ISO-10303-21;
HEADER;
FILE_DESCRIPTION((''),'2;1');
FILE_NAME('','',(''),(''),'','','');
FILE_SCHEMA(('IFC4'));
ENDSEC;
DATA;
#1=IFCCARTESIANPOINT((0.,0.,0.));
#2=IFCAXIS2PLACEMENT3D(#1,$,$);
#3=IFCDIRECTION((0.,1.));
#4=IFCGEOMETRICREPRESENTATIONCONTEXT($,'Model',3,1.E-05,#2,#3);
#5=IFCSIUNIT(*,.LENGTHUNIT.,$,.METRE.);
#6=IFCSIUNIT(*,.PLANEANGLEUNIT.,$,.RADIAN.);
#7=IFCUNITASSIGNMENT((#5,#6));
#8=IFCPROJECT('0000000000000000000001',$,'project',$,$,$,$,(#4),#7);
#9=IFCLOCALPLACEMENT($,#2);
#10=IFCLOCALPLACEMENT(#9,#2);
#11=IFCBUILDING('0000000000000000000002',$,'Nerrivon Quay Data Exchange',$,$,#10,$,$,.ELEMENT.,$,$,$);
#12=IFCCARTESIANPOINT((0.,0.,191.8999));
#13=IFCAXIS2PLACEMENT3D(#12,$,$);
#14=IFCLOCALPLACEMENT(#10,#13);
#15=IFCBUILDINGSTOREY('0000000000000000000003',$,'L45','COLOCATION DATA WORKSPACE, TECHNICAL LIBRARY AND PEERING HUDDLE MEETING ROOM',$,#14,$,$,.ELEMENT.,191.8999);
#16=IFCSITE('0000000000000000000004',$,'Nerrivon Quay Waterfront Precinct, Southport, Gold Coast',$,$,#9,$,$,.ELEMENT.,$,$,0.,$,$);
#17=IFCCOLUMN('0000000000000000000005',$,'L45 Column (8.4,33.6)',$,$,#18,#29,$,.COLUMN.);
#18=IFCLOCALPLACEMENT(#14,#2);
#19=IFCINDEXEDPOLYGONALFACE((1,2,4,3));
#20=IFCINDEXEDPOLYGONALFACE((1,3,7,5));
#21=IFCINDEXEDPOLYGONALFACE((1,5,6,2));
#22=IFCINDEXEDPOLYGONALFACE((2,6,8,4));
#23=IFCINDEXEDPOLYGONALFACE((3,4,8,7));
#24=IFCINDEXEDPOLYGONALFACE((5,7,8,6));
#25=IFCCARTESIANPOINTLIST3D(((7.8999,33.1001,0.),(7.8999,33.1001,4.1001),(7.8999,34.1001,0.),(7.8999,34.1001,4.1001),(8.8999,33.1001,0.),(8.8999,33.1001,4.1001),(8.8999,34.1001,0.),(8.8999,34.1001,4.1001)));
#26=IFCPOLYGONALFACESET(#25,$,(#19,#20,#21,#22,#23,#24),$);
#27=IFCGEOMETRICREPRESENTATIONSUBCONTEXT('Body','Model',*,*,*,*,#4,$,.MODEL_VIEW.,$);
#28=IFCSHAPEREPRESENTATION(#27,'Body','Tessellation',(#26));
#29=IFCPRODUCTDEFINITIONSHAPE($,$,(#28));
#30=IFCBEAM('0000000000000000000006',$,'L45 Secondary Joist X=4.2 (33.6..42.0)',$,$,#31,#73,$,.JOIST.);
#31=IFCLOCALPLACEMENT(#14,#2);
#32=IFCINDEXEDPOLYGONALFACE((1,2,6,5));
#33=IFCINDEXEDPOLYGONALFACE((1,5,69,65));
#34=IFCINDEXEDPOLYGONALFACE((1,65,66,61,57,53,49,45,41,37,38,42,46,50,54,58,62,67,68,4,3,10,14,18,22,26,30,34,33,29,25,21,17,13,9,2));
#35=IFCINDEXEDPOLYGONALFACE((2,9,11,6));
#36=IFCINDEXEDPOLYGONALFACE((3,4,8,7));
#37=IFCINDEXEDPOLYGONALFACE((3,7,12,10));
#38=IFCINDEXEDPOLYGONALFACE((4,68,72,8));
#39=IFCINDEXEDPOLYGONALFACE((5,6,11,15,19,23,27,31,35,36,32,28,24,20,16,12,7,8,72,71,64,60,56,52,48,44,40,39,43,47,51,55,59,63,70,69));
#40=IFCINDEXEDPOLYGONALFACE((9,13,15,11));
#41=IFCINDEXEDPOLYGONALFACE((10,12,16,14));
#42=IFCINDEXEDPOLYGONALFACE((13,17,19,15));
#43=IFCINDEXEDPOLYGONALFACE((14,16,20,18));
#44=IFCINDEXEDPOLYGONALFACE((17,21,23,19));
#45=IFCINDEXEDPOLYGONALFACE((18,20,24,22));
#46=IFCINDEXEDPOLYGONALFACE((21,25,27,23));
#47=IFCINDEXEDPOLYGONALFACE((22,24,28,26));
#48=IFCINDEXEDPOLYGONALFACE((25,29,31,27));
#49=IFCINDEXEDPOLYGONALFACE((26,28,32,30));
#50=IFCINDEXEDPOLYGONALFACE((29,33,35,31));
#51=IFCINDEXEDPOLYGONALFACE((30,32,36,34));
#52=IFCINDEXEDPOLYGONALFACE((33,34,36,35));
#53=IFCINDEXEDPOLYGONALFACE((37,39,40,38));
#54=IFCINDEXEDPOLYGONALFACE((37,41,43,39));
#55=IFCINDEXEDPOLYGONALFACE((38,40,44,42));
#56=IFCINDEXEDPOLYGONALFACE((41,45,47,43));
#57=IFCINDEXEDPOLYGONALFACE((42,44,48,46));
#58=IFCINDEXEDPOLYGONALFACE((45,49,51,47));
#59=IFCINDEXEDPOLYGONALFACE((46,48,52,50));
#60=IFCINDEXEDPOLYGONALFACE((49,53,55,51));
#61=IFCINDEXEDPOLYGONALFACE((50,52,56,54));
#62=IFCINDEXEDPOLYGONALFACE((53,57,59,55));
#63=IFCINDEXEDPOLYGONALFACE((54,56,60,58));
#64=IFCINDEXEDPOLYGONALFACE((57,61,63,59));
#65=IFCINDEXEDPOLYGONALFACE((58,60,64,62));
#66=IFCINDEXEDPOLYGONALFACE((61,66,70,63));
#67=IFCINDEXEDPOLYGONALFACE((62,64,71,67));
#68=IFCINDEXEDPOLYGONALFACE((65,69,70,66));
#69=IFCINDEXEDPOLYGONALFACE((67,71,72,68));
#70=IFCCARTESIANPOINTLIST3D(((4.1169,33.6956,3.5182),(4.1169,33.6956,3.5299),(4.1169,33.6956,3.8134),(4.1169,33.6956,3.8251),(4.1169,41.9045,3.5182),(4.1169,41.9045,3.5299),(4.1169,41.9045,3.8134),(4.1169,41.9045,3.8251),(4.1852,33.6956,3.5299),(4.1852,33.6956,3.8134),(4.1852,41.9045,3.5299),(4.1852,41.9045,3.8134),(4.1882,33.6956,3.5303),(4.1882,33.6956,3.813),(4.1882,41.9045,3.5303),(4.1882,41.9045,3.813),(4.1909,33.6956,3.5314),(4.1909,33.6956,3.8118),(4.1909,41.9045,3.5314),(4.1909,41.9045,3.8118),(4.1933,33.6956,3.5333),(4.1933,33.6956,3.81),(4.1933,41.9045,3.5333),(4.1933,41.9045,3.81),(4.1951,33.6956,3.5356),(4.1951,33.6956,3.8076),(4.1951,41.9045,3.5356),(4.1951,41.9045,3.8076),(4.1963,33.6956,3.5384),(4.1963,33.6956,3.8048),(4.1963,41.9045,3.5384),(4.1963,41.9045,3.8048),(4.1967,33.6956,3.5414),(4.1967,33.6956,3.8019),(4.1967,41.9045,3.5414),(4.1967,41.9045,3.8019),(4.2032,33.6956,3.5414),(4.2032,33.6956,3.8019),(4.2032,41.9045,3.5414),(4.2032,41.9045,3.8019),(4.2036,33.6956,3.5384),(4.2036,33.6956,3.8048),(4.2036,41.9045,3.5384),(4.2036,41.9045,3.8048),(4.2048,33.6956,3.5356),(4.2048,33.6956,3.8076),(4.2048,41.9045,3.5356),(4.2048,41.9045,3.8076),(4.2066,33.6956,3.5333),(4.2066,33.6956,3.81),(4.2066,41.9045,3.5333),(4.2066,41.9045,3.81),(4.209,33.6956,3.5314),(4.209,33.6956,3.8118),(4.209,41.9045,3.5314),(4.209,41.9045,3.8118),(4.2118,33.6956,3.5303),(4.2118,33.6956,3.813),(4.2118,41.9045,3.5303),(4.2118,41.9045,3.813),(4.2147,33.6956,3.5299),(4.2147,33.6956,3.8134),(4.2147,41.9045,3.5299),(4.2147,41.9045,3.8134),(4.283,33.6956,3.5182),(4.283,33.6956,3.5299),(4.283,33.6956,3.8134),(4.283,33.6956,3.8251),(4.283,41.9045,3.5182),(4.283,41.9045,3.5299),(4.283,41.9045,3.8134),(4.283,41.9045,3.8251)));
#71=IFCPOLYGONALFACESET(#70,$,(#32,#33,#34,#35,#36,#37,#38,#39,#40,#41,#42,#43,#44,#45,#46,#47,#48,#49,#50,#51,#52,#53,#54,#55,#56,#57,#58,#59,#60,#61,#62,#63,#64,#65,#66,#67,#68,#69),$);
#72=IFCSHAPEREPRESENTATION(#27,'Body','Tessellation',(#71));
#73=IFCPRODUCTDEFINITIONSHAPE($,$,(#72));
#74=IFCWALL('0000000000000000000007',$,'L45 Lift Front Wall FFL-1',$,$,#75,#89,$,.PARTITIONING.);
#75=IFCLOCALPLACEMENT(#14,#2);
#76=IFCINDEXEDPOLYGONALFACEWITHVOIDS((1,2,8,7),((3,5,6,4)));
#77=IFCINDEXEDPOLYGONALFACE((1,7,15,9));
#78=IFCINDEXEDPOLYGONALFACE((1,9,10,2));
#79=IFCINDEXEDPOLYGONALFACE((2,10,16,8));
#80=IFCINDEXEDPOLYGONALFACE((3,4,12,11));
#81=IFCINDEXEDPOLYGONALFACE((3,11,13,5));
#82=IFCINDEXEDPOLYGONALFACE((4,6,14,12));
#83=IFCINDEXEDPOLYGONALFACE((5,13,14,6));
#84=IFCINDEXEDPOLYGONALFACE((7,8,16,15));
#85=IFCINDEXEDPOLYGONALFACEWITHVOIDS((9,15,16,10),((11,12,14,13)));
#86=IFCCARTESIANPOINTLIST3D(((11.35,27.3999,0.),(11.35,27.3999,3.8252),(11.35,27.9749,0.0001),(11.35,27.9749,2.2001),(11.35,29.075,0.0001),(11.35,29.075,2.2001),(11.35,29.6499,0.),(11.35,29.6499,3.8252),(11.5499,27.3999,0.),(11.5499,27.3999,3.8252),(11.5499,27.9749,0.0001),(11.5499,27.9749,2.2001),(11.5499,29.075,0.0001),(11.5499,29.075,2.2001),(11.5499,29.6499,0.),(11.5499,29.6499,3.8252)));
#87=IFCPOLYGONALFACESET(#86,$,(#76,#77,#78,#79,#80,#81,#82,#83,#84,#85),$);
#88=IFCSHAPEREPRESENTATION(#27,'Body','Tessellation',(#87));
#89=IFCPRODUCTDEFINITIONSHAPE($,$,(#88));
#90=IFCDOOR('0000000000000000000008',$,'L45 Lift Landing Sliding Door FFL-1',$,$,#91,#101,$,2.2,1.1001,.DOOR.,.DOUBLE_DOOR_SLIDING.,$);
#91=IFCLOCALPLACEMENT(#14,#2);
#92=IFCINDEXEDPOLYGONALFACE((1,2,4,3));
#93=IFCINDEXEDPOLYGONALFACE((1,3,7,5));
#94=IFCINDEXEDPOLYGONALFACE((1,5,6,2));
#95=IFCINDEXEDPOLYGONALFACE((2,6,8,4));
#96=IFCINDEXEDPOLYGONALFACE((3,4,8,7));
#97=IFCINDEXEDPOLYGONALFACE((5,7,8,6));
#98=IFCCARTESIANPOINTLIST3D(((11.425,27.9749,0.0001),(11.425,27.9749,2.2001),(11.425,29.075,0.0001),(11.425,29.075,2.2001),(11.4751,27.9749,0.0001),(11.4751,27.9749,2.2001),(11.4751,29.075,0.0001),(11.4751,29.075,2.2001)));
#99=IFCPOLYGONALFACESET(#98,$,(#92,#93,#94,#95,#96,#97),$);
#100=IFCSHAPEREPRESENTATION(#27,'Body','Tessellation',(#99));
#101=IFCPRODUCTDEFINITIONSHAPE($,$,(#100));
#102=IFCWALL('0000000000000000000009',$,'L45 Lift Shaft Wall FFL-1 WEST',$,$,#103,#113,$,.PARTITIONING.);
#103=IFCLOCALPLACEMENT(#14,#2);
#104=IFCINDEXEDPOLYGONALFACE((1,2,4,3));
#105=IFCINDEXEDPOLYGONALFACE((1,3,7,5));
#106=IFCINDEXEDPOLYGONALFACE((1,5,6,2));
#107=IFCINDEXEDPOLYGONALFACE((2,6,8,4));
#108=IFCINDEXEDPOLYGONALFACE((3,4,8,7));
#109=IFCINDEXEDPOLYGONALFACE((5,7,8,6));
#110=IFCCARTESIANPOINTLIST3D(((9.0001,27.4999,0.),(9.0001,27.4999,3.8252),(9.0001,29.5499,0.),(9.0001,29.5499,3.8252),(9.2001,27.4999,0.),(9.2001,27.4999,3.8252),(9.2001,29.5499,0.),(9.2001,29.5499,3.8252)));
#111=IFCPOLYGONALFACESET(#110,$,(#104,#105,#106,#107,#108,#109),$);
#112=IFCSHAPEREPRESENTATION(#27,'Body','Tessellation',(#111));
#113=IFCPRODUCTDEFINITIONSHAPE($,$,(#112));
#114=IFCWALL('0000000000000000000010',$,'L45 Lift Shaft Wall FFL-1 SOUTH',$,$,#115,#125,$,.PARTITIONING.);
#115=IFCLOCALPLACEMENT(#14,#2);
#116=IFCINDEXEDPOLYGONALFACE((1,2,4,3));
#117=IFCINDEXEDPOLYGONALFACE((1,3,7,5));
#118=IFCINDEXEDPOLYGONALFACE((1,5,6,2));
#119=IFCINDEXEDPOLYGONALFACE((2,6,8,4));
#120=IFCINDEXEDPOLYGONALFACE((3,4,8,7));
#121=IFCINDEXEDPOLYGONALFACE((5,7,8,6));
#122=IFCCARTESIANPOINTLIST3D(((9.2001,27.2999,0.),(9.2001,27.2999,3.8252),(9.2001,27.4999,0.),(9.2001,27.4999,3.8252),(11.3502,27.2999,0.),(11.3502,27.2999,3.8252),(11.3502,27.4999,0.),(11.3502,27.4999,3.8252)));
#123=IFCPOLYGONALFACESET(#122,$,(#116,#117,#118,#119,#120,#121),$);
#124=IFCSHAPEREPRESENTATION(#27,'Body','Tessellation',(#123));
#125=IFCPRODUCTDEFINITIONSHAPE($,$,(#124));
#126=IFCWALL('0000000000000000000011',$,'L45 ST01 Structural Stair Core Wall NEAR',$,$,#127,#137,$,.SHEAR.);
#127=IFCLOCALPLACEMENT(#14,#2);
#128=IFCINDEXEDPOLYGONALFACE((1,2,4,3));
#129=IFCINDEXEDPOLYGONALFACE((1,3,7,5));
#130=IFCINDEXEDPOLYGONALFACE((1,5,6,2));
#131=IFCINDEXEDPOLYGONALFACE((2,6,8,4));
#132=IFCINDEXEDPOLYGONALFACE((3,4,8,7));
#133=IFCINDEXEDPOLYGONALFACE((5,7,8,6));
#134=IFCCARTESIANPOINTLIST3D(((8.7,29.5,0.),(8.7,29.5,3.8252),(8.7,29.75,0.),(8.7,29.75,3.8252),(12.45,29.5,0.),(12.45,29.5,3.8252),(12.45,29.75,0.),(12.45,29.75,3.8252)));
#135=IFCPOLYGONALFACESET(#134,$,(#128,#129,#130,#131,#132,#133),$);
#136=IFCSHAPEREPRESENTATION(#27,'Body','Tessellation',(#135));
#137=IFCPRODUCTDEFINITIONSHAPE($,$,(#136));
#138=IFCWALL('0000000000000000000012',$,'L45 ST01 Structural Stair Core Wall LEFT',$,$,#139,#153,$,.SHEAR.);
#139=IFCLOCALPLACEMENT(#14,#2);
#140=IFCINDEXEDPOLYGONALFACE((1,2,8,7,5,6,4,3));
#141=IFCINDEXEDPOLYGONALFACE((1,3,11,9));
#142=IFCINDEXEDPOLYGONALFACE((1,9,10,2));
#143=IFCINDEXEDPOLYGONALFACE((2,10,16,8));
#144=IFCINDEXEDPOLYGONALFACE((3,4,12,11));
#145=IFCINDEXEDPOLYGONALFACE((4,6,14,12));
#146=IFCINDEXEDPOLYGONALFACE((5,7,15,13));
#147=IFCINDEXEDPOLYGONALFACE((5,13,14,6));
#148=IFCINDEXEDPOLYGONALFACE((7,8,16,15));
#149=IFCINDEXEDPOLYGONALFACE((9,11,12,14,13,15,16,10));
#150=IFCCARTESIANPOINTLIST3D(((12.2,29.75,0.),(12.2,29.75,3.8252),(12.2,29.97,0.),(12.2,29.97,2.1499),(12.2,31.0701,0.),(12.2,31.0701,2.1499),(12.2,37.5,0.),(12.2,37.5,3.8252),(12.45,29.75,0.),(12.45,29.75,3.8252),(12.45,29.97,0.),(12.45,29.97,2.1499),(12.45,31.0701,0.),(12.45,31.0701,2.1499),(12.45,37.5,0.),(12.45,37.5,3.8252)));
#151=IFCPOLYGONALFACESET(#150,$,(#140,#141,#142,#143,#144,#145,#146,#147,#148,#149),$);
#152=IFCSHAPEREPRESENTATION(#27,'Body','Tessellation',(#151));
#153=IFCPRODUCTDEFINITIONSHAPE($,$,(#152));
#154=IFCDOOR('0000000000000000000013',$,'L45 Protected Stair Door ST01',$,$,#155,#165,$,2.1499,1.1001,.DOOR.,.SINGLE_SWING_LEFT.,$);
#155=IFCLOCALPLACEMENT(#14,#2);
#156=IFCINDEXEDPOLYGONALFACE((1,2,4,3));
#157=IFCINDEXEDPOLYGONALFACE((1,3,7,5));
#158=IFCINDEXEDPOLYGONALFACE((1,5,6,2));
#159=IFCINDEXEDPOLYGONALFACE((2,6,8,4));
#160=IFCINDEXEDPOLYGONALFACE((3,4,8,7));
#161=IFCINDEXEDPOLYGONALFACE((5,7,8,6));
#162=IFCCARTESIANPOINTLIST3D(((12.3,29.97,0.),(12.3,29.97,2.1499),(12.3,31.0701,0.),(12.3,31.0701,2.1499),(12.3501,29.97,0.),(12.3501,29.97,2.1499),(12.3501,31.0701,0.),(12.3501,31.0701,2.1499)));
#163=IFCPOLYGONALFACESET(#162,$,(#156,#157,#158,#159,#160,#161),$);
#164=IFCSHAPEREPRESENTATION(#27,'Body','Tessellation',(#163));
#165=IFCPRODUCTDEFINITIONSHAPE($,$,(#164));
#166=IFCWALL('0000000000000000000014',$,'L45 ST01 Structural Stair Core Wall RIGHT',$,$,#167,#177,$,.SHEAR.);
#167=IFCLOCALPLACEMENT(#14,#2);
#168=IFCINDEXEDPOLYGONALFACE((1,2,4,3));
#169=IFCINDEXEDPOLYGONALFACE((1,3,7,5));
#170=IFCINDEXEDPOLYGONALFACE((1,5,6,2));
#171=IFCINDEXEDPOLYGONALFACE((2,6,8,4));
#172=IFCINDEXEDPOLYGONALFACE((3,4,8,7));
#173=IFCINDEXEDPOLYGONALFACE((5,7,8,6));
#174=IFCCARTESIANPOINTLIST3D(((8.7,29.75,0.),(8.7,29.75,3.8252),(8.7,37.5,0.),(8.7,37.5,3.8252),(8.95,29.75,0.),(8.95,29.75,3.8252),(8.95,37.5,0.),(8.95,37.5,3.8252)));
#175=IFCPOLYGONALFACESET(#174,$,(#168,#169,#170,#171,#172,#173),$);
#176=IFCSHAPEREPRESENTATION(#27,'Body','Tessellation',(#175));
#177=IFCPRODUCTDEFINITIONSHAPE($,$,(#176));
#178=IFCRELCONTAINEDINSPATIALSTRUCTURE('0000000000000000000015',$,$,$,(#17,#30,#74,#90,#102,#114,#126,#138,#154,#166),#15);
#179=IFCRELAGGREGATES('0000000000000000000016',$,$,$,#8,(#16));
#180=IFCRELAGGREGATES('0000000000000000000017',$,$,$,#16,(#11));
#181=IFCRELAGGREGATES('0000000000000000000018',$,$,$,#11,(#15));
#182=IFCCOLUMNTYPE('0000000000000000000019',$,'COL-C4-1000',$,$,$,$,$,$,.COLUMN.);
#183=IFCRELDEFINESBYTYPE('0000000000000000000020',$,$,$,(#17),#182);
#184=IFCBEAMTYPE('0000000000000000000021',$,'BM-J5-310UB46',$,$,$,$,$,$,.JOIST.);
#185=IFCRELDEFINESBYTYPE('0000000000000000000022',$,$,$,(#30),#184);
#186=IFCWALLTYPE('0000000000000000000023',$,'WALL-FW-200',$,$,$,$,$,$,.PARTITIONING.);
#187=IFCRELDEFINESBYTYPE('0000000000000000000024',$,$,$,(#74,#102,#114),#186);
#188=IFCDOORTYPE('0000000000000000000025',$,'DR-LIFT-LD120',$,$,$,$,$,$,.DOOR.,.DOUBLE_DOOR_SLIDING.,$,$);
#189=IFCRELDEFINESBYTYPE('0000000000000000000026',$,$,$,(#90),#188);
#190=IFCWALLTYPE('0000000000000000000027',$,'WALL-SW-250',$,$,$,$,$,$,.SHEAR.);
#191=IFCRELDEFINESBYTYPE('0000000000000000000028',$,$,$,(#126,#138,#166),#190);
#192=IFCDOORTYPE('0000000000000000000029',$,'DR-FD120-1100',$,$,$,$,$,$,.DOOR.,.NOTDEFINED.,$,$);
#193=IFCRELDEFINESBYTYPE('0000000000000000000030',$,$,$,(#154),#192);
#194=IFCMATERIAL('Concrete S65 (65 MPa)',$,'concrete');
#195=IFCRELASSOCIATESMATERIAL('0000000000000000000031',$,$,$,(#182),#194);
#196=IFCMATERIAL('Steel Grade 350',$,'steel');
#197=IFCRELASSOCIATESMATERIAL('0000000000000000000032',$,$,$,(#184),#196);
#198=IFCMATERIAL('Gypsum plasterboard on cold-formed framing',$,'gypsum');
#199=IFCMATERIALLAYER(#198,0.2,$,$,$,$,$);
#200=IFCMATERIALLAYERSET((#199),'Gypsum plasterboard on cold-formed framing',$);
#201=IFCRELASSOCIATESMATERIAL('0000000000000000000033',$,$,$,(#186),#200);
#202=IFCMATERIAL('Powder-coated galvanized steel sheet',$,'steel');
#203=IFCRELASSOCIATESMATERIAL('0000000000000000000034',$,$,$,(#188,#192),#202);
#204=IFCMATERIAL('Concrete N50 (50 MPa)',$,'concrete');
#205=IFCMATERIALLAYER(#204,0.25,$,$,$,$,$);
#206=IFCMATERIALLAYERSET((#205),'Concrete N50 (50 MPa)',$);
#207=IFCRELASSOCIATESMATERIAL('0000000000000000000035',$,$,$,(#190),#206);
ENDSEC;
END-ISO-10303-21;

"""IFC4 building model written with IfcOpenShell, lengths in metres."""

from ifc_helpers import new_model, si_unit, direction, frame, frame_2d, origin, origin_2d, place, context, subcontext, project, spatial, rectangle, i_section, extrude, material, layer, layer_set, material_profile, profile_set, type_object, element, fill, save


model = new_model("IFC4")

# Units and contexts
model_context = context("Model", 3, precision=1e-05, world=origin(), true_north=direction((0.0, 1.0)))
body_context = subcontext(model_context, "Body", "Model", "MODEL_VIEW")
ifc_project = project(units=[si_unit("LENGTHUNIT", "METRE"), si_unit("PLANEANGLEUNIT", "RADIAN")], contexts=[model_context])

# Site, building, storey
site_placement = place(None, origin())
site = spatial("IfcSite", under=ifc_project, at=site_placement, Name="Nerrivon Quay Waterfront Precinct, Southport, Gold Coast", CompositionType="ELEMENT", RefElevation=0.0)
building_placement = place(site_placement, origin())
building = spatial("IfcBuilding", under=site, at=building_placement, Name="Nerrivon Quay Data Exchange", CompositionType="ELEMENT")
storey_placement = place(building_placement, frame((0.0, 0.0, 191.8999)))
storey = spatial("IfcBuildingStorey", under=building, at=storey_placement, Name="L45", Description="COLOCATION DATA WORKSPACE, TECHNICAL LIBRARY AND PEERING HUDDLE MEETING ROOM", CompositionType="ELEMENT", Elevation=191.8999)

# Column
ifc_material_1 = material(Name="Concrete S65 (65 MPa)", Category="concrete")
ifc_material_profile_1 = material_profile(ifc_material_1, rectangle(XDim=1.0, YDim=1.0, at=origin_2d()), Name="RC-COL-1000x1000")
ifc_profile_set_1 = profile_set([ifc_material_profile_1], Name="Concrete S65 (65 MPa)")
column_type = type_object("IfcColumnType", Name="COL-C4-1000", PredefinedType="COLUMN", material=ifc_profile_set_1)
column_placement = place(storey_placement, frame((8.3999, 33.6001, 0.0), z_axis=(0.0, 0.0, 1.0), x_axis=(1.0, 0.0, 0.0)))
element("IfcColumn", 1, at=column_placement, inside=storey, type_object=column_type, Name="L45 Column (8.4,33.6)", PredefinedType="COLUMN", context=body_context, shape_type="SweptSolid", body=[
    extrude(rectangle(XDim=1.0, YDim=1.0, at=origin_2d()), origin(), (0.0, 0.0, 1.0), 4.1001),
])

# Beam
ifc_material_2 = material(Name="Steel Grade 350", Category="steel")
ifc_material_profile_2 = material_profile(ifc_material_2, i_section(OverallWidth=0.166, OverallDepth=0.3069, WebThickness=0.0066, FlangeThickness=0.0117, FilletRadius=0.0115, at=origin_2d()), Name="310UB46.2")
ifc_profile_set_2 = profile_set([ifc_material_profile_2], Name="Steel Grade 350")
beam_type = type_object("IfcBeamType", Name="BM-J5-310UB46", PredefinedType="JOIST", material=ifc_profile_set_2)
beam_placement = place(storey_placement, frame((4.2, 33.6956, 3.6716), z_axis=(0.0, 1.0, 0.0), x_axis=(-1.0, 0.0, 0.0)))
element("IfcBeam", 2, at=beam_placement, inside=storey, type_object=beam_type, Name="L45 Secondary Joist X=4.2 (33.6..42.0)", PredefinedType="JOIST", context=body_context, shape_type="SweptSolid", body=[
    extrude(i_section(OverallWidth=0.166, OverallDepth=0.3069, WebThickness=0.0066, FlangeThickness=0.0117, FilletRadius=0.0115, at=origin_2d()), origin(), (0.0, 0.0, 1.0), 8.209),
])

# Wall, opening, door
ifc_material_3 = material(Name="Gypsum plasterboard on cold-formed framing", Category="gypsum")
ifc_layer_1 = layer(ifc_material_3, 0.2)
ifc_layer_set_1 = layer_set([ifc_layer_1], Name="Gypsum plasterboard on cold-formed framing")
wall_type_1 = type_object("IfcWallType", Name="WALL-FW-200", PredefinedType="PARTITIONING", material=ifc_layer_set_1)
wall_1_placement = place(storey_placement, frame((11.45, 27.3999, 0.0), z_axis=(0.0, 0.0, 1.0), x_axis=(0.0, 1.0, 0.0)))
wall_1 = element("IfcWall", 3, at=wall_1_placement, inside=storey, type_object=wall_type_1, Name="L45 Lift Front Wall FFL-1", PredefinedType="PARTITIONING", context=body_context, shape_type="SweptSolid", body=[
    extrude(rectangle(XDim=2.25, YDim=0.2, at=frame_2d((1.125, 0.0))), origin(), (0.0, 0.0, 1.0), 3.8252),
])
opening_1_placement = place(wall_1_placement, frame((0.575, 0.0, 0.0)))
opening_1 = element("IfcOpeningElement", 4, at=opening_1_placement, cuts=wall_1, PredefinedType="OPENING", context=body_context, shape_type="SweptSolid", body=[
    extrude(rectangle(XDim=1.1001, YDim=2.2, at=frame_2d((0.55, 1.1001))), frame((0.0, 0.1099, 0.0), z_axis=(0.0, -1.0, 0.0), x_axis=(1.0, 0.0, 0.0)), (0.0, 0.0, 1.0), 0.22),
])
ifc_material_4 = material(Name="Powder-coated galvanized steel sheet", Category="steel")
door_type_1 = type_object("IfcDoorType", Name="DR-LIFT-LD120", OperationType="DOUBLE_DOOR_SLIDING", PredefinedType="DOOR", material=ifc_material_4)
door_1_placement = place(opening_1_placement, origin())
door_1 = element("IfcDoor", 5, at=door_1_placement, inside=storey, type_object=door_type_1, Name="L45 Lift Landing Sliding Door FFL-1", OperationType="DOUBLE_DOOR_SLIDING", OverallHeight=2.2, OverallWidth=1.1001, PredefinedType="DOOR", context=body_context, shape_type="SweptSolid", body=[
    extrude(rectangle(XDim=1.1001, YDim=2.2, at=frame_2d((0.55, 1.1001))), frame((0.0, 0.0249, 0.0), z_axis=(0.0, -1.0, 0.0), x_axis=(1.0, 0.0, 0.0)), (0.0, 0.0, 1.0), 0.05),
])
fill(opening_1, door_1)

# Walls
wall_2_placement = place(storey_placement, frame((9.1001, 27.5, 0.0), z_axis=(0.0, 0.0, 1.0), x_axis=(0.0, 1.0, 0.0)))
element("IfcWall", 6, at=wall_2_placement, inside=storey, type_object=wall_type_1, Name="L45 Lift Shaft Wall FFL-1 WEST", PredefinedType="PARTITIONING", context=body_context, shape_type="SweptSolid", body=[
    extrude(rectangle(XDim=2.05, YDim=0.2, at=frame_2d((1.0249, 0.0))), origin(), (0.0, 0.0, 1.0), 3.8252),
])
wall_3_placement = place(storey_placement, frame((9.2, 27.3999, 0.0), z_axis=(0.0, 0.0, 1.0), x_axis=(1.0, 0.0, 0.0)))
element("IfcWall", 7, at=wall_3_placement, inside=storey, type_object=wall_type_1, Name="L45 Lift Shaft Wall FFL-1 SOUTH", PredefinedType="PARTITIONING", context=body_context, shape_type="SweptSolid", body=[
    extrude(rectangle(XDim=2.1501, YDim=0.2, at=frame_2d((1.0752, 0.0))), origin(), (0.0, 0.0, 1.0), 3.8252),
])

# Wall
ifc_material_5 = material(Name="Concrete N50 (50 MPa)", Category="concrete")
ifc_layer_2 = layer(ifc_material_5, 0.25)
ifc_layer_set_2 = layer_set([ifc_layer_2], Name="Concrete N50 (50 MPa)")
wall_type_2 = type_object("IfcWallType", Name="WALL-SW-250", PredefinedType="SHEAR", material=ifc_layer_set_2)
wall_4_placement = place(storey_placement, frame((12.45, 29.625, 0.0), z_axis=(0.0, 0.0, 1.0), x_axis=(-1.0, 0.0, 0.0)))
element("IfcWall", 8, at=wall_4_placement, inside=storey, type_object=wall_type_2, Name="L45 ST01 Structural Stair Core Wall NEAR", PredefinedType="SHEAR", context=body_context, shape_type="SweptSolid", body=[
    extrude(rectangle(XDim=3.75, YDim=0.25, at=frame_2d((1.875, 0.0))), origin(), (0.0, 0.0, 1.0), 3.8252),
])

# Wall, opening, door
wall_5_placement = place(storey_placement, frame((12.325, 29.75, 0.0), z_axis=(0.0, 0.0, 1.0), x_axis=(0.0, 1.0, 0.0)))
wall_5 = element("IfcWall", 9, at=wall_5_placement, inside=storey, type_object=wall_type_2, Name="L45 ST01 Structural Stair Core Wall LEFT", PredefinedType="SHEAR", context=body_context, shape_type="SweptSolid", body=[
    extrude(rectangle(XDim=7.75, YDim=0.25, at=frame_2d((3.875, 0.0))), origin(), (0.0, 0.0, 1.0), 3.8252),
])
opening_2_placement = place(wall_5_placement, frame((0.22, 0.0, 0.0)))
opening_2 = element("IfcOpeningElement", 10, at=opening_2_placement, cuts=wall_5, PredefinedType="OPENING", context=body_context, shape_type="SweptSolid", body=[
    extrude(rectangle(XDim=1.1001, YDim=2.1499, at=frame_2d((0.55, 1.075))), frame((0.0, 0.135, 0.0), z_axis=(0.0, -1.0, 0.0), x_axis=(1.0, 0.0, 0.0)), (0.0, 0.0, 1.0), 0.27),
])
door_type_2 = type_object("IfcDoorType", Name="DR-FD120-1100", OperationType="NOTDEFINED", PredefinedType="DOOR", material=ifc_material_4)
door_2_placement = place(opening_2_placement, origin())
door_2 = element("IfcDoor", 11, at=door_2_placement, inside=storey, type_object=door_type_2, Name="L45 Protected Stair Door ST01", OperationType="SINGLE_SWING_LEFT", OverallHeight=2.1499, OverallWidth=1.1001, PredefinedType="DOOR", context=body_context, shape_type="SweptSolid", body=[
    extrude(rectangle(XDim=1.1001, YDim=2.1499, at=frame_2d((0.55, 1.075))), frame((0.0, 0.0249, 0.0), z_axis=(0.0, -1.0, 0.0), x_axis=(1.0, 0.0, 0.0)), (0.0, 0.0, 1.0), 0.05),
])
fill(opening_2, door_2)

# Wall
wall_6_placement = place(storey_placement, frame((8.825, 29.75, 0.0), z_axis=(0.0, 0.0, 1.0), x_axis=(0.0, 1.0, 0.0)))
element("IfcWall", 12, at=wall_6_placement, inside=storey, type_object=wall_type_2, Name="L45 ST01 Structural Stair Core Wall RIGHT", PredefinedType="SHEAR", context=body_context, shape_type="SweptSolid", body=[
    extrude(rectangle(XDim=7.75, YDim=0.25, at=frame_2d((3.875, 0.0))), origin(), (0.0, 0.0, 1.0), 3.8252),
])

save(model, "model.ifc")
